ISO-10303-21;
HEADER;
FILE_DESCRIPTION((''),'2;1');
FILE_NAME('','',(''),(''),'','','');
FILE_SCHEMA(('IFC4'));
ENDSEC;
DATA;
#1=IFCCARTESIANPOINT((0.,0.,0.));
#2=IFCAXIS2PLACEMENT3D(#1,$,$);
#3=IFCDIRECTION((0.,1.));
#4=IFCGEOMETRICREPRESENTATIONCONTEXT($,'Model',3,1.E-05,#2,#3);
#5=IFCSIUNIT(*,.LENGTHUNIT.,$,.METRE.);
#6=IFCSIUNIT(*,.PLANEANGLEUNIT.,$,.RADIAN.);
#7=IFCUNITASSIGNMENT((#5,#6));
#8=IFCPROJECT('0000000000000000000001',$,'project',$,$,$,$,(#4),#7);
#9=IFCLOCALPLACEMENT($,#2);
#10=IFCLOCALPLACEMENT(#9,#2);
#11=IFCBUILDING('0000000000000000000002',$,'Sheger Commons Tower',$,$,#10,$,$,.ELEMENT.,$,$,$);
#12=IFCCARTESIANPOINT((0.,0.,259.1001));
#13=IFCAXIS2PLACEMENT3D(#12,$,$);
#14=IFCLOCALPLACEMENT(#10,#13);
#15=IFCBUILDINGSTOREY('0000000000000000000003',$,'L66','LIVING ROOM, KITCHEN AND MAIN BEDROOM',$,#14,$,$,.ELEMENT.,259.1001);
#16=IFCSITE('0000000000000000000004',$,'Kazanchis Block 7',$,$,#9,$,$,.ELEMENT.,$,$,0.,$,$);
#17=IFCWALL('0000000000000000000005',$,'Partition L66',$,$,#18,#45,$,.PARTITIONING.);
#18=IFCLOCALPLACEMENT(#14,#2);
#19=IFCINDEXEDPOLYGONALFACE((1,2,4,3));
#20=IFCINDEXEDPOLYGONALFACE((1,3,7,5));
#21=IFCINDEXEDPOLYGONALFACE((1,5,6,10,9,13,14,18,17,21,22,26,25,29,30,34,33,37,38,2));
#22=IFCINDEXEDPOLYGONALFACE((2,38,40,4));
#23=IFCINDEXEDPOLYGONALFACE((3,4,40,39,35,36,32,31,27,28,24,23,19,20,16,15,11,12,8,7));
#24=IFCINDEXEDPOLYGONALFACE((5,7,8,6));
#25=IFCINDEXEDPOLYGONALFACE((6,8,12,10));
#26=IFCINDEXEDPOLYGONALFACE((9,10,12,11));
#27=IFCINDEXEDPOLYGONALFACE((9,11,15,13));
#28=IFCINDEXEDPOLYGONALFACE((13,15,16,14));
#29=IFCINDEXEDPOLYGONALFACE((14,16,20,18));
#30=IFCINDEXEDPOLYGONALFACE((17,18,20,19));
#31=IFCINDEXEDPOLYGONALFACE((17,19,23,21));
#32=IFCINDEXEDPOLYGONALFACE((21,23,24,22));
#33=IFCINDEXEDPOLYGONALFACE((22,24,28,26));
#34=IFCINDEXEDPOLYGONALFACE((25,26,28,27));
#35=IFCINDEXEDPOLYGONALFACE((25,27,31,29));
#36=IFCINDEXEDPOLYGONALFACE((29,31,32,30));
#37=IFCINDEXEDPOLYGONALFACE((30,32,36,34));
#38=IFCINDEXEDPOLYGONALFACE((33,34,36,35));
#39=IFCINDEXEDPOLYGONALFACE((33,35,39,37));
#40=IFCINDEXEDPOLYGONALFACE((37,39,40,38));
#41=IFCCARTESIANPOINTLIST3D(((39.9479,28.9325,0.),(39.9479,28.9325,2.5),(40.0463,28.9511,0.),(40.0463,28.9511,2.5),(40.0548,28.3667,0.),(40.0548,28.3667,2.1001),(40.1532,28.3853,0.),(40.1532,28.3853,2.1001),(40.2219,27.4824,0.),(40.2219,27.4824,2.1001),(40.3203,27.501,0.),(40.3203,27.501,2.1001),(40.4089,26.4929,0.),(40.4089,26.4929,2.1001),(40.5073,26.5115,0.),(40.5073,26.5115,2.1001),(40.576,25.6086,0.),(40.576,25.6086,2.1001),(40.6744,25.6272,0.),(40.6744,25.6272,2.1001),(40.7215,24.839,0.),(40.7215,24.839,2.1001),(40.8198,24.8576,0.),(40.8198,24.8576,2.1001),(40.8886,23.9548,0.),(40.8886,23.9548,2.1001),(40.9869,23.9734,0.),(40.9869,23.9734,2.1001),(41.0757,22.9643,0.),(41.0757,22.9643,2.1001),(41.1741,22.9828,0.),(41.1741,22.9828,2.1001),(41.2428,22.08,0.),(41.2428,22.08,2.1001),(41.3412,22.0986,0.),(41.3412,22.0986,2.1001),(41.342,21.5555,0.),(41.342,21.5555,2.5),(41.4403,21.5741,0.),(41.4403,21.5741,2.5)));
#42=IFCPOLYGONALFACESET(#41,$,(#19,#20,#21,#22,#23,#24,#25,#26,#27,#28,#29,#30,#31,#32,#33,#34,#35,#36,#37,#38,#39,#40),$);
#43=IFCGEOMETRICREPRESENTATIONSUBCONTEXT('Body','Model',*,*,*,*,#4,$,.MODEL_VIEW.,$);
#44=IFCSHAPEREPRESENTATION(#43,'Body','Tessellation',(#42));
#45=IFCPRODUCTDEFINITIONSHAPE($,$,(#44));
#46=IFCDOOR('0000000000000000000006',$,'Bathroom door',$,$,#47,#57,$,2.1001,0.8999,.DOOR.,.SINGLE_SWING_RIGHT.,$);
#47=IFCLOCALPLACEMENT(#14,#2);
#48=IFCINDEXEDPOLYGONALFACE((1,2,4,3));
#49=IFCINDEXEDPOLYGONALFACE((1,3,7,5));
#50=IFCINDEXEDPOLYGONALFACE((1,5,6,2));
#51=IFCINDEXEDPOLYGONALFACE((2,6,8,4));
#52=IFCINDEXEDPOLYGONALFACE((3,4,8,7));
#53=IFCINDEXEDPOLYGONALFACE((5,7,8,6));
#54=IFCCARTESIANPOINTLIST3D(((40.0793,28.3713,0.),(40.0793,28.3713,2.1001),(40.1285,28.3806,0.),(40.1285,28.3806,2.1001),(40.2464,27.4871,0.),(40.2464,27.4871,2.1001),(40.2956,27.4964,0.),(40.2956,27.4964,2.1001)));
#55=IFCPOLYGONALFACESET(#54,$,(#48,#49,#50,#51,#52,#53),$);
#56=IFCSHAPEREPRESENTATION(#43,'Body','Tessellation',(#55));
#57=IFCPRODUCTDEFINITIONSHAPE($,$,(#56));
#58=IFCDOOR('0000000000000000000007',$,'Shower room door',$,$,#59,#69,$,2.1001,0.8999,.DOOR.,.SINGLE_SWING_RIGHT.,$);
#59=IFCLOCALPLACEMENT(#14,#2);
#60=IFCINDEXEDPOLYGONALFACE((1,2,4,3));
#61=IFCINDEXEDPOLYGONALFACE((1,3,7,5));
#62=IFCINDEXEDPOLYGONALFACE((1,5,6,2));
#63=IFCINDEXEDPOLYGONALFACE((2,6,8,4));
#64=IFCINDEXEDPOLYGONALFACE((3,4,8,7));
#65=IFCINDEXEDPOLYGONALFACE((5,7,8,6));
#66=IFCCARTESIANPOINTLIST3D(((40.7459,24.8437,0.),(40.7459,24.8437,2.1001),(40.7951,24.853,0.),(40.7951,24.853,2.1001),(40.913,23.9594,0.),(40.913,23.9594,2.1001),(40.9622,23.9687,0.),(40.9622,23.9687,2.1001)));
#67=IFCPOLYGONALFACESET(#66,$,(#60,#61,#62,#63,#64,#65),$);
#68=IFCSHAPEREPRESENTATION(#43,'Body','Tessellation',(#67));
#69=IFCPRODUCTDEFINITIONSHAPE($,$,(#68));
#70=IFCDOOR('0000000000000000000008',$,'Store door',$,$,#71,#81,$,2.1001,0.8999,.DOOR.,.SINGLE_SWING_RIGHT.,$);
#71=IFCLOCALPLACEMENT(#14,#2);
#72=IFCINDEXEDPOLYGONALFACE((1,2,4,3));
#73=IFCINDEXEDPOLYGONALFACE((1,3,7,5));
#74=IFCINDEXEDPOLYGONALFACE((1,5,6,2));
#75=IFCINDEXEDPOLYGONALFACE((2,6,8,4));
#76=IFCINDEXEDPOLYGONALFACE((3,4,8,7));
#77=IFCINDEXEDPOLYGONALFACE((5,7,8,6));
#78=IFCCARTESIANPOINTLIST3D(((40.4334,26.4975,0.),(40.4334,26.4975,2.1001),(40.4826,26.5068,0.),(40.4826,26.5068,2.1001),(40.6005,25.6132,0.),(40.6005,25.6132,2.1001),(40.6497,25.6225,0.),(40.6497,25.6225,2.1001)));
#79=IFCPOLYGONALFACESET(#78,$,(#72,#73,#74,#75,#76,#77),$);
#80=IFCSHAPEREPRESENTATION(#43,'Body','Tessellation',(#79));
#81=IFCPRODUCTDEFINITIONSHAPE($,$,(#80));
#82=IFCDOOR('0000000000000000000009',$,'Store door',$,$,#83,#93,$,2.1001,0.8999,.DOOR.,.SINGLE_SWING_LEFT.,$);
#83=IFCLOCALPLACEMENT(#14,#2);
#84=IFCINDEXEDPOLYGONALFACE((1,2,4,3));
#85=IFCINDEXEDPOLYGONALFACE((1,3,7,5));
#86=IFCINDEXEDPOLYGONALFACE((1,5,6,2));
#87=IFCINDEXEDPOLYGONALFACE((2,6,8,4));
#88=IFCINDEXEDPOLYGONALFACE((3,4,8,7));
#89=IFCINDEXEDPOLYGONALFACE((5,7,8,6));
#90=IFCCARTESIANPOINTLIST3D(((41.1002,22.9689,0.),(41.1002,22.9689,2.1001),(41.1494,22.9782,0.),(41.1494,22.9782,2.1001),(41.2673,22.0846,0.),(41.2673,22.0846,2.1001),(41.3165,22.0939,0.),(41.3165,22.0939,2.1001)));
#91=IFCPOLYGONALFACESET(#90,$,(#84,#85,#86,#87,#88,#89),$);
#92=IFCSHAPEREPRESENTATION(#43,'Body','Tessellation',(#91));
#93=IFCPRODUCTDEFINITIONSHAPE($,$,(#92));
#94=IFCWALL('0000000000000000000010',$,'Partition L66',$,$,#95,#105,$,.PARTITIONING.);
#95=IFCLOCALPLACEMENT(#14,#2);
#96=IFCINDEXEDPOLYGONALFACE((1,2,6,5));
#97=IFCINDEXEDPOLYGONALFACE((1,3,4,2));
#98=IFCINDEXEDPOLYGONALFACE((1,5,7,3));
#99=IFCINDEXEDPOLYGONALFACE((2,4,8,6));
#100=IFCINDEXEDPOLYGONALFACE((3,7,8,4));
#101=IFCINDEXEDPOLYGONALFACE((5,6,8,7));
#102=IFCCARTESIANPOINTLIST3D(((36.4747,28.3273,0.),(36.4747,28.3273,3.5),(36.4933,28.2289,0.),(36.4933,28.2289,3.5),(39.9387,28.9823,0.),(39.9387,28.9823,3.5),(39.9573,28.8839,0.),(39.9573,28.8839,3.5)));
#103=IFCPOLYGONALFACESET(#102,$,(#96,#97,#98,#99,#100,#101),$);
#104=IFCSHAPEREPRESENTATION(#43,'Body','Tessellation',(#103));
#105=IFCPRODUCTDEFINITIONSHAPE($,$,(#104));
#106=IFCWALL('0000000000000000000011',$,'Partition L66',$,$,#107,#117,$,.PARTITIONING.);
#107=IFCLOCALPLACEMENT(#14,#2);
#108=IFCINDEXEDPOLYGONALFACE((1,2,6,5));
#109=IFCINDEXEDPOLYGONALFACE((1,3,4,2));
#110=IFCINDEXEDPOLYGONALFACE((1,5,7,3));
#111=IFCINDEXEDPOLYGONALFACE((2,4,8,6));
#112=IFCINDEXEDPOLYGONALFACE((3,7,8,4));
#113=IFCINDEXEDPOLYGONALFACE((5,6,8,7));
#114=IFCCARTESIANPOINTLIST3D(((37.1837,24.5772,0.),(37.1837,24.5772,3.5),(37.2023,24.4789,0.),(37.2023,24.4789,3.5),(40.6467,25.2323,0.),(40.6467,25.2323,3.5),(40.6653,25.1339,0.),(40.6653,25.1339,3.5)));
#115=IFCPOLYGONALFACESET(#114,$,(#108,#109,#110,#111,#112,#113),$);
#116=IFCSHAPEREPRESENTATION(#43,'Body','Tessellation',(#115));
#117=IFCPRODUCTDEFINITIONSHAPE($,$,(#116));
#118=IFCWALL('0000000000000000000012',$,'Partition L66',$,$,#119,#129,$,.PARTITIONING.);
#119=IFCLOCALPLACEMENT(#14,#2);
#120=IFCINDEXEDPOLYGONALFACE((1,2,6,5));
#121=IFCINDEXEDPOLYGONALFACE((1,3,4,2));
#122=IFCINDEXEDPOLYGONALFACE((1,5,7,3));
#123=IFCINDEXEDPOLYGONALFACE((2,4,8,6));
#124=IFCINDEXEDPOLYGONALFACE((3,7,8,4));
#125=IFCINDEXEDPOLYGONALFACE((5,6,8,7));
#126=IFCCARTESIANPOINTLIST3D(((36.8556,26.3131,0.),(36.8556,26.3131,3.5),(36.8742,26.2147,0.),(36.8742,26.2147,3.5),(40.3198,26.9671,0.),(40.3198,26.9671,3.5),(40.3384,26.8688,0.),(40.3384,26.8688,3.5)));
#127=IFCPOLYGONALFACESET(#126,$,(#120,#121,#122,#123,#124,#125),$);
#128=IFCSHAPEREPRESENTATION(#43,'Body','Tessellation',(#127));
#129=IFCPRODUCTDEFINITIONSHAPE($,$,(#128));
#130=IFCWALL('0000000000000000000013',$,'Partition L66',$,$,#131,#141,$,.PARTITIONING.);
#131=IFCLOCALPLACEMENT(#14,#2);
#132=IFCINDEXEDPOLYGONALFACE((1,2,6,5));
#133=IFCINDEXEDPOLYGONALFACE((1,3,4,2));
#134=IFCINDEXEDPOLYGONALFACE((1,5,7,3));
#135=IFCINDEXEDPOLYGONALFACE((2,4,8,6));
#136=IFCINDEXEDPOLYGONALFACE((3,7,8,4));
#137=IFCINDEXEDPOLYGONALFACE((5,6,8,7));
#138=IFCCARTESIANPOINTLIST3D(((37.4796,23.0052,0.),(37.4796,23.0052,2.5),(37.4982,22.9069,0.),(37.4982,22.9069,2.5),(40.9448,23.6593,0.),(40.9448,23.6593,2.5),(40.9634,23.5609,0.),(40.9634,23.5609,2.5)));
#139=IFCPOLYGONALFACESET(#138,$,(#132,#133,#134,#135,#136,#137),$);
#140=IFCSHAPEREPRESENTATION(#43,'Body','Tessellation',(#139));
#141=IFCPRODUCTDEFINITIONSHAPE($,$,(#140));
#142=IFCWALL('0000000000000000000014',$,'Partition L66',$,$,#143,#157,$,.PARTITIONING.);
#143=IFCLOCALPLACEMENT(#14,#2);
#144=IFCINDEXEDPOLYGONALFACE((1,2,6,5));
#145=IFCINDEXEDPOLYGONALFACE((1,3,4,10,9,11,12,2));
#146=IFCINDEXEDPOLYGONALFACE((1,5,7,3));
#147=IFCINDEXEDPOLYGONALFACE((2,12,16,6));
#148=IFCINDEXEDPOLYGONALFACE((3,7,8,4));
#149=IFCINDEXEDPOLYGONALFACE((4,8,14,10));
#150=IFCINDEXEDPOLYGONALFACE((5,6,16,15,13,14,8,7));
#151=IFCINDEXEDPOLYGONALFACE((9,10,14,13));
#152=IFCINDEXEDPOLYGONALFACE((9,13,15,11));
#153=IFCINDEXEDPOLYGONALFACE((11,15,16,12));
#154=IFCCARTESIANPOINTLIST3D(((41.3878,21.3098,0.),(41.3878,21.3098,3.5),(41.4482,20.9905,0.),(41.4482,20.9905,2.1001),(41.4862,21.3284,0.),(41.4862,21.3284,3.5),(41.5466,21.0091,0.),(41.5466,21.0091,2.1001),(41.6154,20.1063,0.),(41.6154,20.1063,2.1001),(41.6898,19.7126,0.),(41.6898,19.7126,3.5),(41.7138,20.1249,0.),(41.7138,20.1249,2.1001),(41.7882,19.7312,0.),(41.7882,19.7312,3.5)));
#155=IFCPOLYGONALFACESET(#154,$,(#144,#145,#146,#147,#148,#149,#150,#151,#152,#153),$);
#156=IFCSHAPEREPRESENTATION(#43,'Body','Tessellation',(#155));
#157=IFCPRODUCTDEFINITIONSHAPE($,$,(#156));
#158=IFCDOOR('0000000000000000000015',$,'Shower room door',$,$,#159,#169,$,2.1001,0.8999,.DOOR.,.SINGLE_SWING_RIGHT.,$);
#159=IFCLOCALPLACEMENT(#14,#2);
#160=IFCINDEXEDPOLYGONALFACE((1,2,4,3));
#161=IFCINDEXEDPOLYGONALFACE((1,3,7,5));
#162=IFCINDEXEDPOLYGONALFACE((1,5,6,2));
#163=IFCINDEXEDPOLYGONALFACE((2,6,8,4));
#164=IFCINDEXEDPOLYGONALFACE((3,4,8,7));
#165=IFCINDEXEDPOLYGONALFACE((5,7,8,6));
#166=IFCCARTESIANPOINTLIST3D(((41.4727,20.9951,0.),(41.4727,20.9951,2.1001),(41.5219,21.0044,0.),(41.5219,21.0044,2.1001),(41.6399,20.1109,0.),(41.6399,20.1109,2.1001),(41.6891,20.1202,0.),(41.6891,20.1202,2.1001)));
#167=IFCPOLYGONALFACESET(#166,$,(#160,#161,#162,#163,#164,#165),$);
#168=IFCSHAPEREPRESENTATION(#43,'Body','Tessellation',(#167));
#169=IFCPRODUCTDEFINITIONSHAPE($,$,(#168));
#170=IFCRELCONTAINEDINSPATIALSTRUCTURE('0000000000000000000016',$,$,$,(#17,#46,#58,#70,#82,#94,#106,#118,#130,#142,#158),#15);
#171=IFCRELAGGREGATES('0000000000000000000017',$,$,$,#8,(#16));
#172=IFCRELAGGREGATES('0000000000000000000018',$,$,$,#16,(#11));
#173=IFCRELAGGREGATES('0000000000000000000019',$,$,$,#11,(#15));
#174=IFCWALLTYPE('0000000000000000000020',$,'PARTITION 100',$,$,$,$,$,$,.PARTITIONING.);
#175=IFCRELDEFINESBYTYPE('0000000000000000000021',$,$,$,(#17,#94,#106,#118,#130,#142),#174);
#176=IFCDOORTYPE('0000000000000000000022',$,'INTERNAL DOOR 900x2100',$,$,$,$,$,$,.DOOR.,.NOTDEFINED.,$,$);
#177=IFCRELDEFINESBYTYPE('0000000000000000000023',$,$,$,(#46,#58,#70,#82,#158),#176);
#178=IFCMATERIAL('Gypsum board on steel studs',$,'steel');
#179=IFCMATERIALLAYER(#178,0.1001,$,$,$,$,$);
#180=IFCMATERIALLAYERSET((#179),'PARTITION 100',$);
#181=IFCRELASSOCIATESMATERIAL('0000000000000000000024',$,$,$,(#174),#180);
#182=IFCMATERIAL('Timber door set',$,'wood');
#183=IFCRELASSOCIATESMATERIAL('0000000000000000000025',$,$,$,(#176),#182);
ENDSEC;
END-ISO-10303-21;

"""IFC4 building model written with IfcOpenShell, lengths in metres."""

from ifc_helpers import new_model, si_unit, direction, frame, frame_2d, origin, place, context, subcontext, project, spatial, rectangle, extrude, material, layer, layer_set, type_object, element, fill, save


model = new_model("IFC4")

# Units and contexts
model_context = context("Model", 3, precision=1e-05, world=origin(), true_north=direction((0.0, 1.0)))
body_context = subcontext(model_context, "Body", "Model", "MODEL_VIEW")
ifc_project = project(units=[si_unit("LENGTHUNIT", "METRE"), si_unit("PLANEANGLEUNIT", "RADIAN")], contexts=[model_context])

# Site, building, storey
site_placement = place(None, origin())
site = spatial("IfcSite", under=ifc_project, at=site_placement, Name="Kazanchis Block 7", CompositionType="ELEMENT", RefElevation=0.0)
building_placement = place(site_placement, origin())
building = spatial("IfcBuilding", under=site, at=building_placement, Name="Sheger Commons Tower", CompositionType="ELEMENT")
storey_placement = place(building_placement, frame((0.0, 0.0, 259.1001)))
storey = spatial("IfcBuildingStorey", under=building, at=storey_placement, Name="L66", Description="LIVING ROOM, KITCHEN AND MAIN BEDROOM", CompositionType="ELEMENT", Elevation=259.1001)

# Wall, openings, doors
ifc_material_1 = material(Name="Gypsum board on steel studs", Category="steel")
ifc_layer_1 = layer(ifc_material_1, 0.1001)
ifc_layer_set_1 = layer_set([ifc_layer_1], Name="PARTITION 100")
wall_type_1 = type_object("IfcWallType", Name="PARTITION 100", PredefinedType="PARTITIONING", material=ifc_layer_set_1)
ifc_material_2 = material(Name="Timber door set", Category="wood")
door_type_1 = type_object("IfcDoorType", Name="INTERNAL DOOR 900x2100", OperationType="NOTDEFINED", PredefinedType="DOOR", material=ifc_material_2)
wall_1_placement = place(storey_placement, frame((39.9971, 28.9419, 0.0), z_axis=(0.0, 0.0, 1.0), x_axis=(0.185686, -0.982609, 0.0)))
wall_1 = element("IfcWall", 1, at=wall_1_placement, inside=storey, type_object=wall_type_1, Name="Partition L66", PredefinedType="PARTITIONING", context=body_context, shape_type="SweptSolid", body=[
    extrude(rectangle(XDim=7.5076, YDim=0.1001, at=frame_2d((3.7539, 0.0))), origin(), (0.0, 0.0, 1.0), 2.5),
])
opening_1_placement = place(wall_1_placement, frame((0.5759, 0.0, 0.0)))
opening_1 = element("IfcOpeningElement", 2, at=opening_1_placement, cuts=wall_1, PredefinedType="OPENING", context=body_context, shape_type="SweptSolid", body=[
    extrude(rectangle(XDim=0.8999, YDim=2.1001, at=frame_2d((0.45, 1.05))), frame((0.0, 0.0601, 0.0), z_axis=(0.0, -1.0, 0.0), x_axis=(1.0, 0.0, 0.0)), (0.0, 0.0, 1.0), 0.1201),
])
opening_2_placement = place(wall_1_placement, frame((4.166, 0.0, 0.0)))
opening_2 = element("IfcOpeningElement", 3, at=opening_2_placement, cuts=wall_1, PredefinedType="OPENING", context=body_context, shape_type="SweptSolid", body=[
    extrude(rectangle(XDim=0.8999, YDim=2.1001, at=frame_2d((0.45, 1.05))), frame((0.0, 0.0601, 0.0), z_axis=(0.0, -1.0, 0.0), x_axis=(1.0, 0.0, 0.0)), (0.0, 0.0, 1.0), 0.1201),
])
opening_3_placement = place(wall_1_placement, frame((2.4829, 0.0, 0.0)))
opening_3 = element("IfcOpeningElement", 4, at=opening_3_placement, cuts=wall_1, PredefinedType="OPENING", context=body_context, shape_type="SweptSolid", body=[
    extrude(rectangle(XDim=0.8999, YDim=2.1001, at=frame_2d((0.45, 1.05))), frame((0.0, 0.0601, 0.0), z_axis=(0.0, -1.0, 0.0), x_axis=(1.0, 0.0, 0.0)), (0.0, 0.0, 1.0), 0.1201),
])
opening_4_placement = place(wall_1_placement, frame((6.074, 0.0, 0.0)))
opening_4 = element("IfcOpeningElement", 5, at=opening_4_placement, cuts=wall_1, PredefinedType="OPENING", context=body_context, shape_type="SweptSolid", body=[
    extrude(rectangle(XDim=0.8999, YDim=2.1001, at=frame_2d((0.45, 1.05))), frame((0.0, 0.0601, 0.0), z_axis=(0.0, -1.0, 0.0), x_axis=(1.0, 0.0, 0.0)), (0.0, 0.0, 1.0), 0.1201),
])
door_1_placement = place(opening_1_placement, origin())
door_1 = element("IfcDoor", 6, at=door_1_placement, inside=storey, type_object=door_type_1, Name="Bathroom door", OperationType="SINGLE_SWING_RIGHT", OverallHeight=2.1001, OverallWidth=0.8999, PredefinedType="DOOR", context=body_context, shape_type="SweptSolid", body=[
    extrude(rectangle(XDim=0.8999, YDim=2.1001, at=frame_2d((0.45, 1.05))), frame((0.0, 0.0249, 0.0), z_axis=(0.0, -1.0, 0.0), x_axis=(1.0, 0.0, 0.0)), (0.0, 0.0, 1.0), 0.05),
])
fill(opening_1, door_1)
door_2_placement = place(opening_2_placement, origin())
door_2 = element("IfcDoor", 7, at=door_2_placement, inside=storey, type_object=door_type_1, Name="Shower room door", OperationType="SINGLE_SWING_RIGHT", OverallHeight=2.1001, OverallWidth=0.8999, PredefinedType="DOOR", context=body_context, shape_type="SweptSolid", body=[
    extrude(rectangle(XDim=0.8999, YDim=2.1001, at=frame_2d((0.45, 1.05))), frame((0.0, 0.0249, 0.0), z_axis=(0.0, -1.0, 0.0), x_axis=(1.0, 0.0, 0.0)), (0.0, 0.0, 1.0), 0.05),
])
fill(opening_2, door_2)
door_3_placement = place(opening_3_placement, origin())
door_3 = element("IfcDoor", 8, at=door_3_placement, inside=storey, type_object=door_type_1, Name="Store door", OperationType="SINGLE_SWING_RIGHT", OverallHeight=2.1001, OverallWidth=0.8999, PredefinedType="DOOR", context=body_context, shape_type="SweptSolid", body=[
    extrude(rectangle(XDim=0.8999, YDim=2.1001, at=frame_2d((0.45, 1.05))), frame((0.0, 0.0249, 0.0), z_axis=(0.0, -1.0, 0.0), x_axis=(1.0, 0.0, 0.0)), (0.0, 0.0, 1.0), 0.05),
])
fill(opening_3, door_3)
door_4_placement = place(opening_4_placement, origin())
door_4 = element("IfcDoor", 9, at=door_4_placement, inside=storey, type_object=door_type_1, Name="Store door", OperationType="SINGLE_SWING_LEFT", OverallHeight=2.1001, OverallWidth=0.8999, PredefinedType="DOOR", context=body_context, shape_type="SweptSolid", body=[
    extrude(rectangle(XDim=0.8999, YDim=2.1001, at=frame_2d((0.45, 1.05))), frame((0.0, 0.0249, 0.0), z_axis=(0.0, -1.0, 0.0), x_axis=(1.0, 0.0, 0.0)), (0.0, 0.0, 1.0), 0.05),
])
fill(opening_4, door_4)

# Walls
wall_2_placement = place(storey_placement, frame((39.948, 28.9331, 0.0), z_axis=(0.0, 0.0, 1.0), x_axis=(-0.982588, -0.185798, 0.0)))
element("IfcWall", 10, at=wall_2_placement, inside=storey, type_object=wall_type_1, Name="Partition L66", PredefinedType="PARTITIONING", context=body_context, shape_type="SweptSolid", body=[
    extrude(rectangle(XDim=3.5254, YDim=0.1001, at=frame_2d((1.7627, 0.0))), origin(), (0.0, 0.0, 1.0), 3.5),
])
wall_3_placement = place(storey_placement, frame((40.656, 25.1831, 0.0), z_axis=(0.0, 0.0, 1.0), x_axis=(-0.982576, -0.185861, 0.0)))
element("IfcWall", 11, at=wall_3_placement, inside=storey, type_object=wall_type_1, Name="Partition L66", PredefinedType="PARTITIONING", context=body_context, shape_type="SweptSolid", body=[
    extrude(rectangle(XDim=3.5244, YDim=0.1001, at=frame_2d((1.7622, 0.0))), origin(), (0.0, 0.0, 1.0), 3.5),
])
wall_4_placement = place(storey_placement, frame((40.3291, 26.918, 0.0), z_axis=(0.0, 0.0, 1.0), x_axis=(-0.982639, -0.18553, 0.0)))
element("IfcWall", 12, at=wall_4_placement, inside=storey, type_object=wall_type_1, Name="Partition L66", PredefinedType="PARTITIONING", context=body_context, shape_type="SweptSolid", body=[
    extrude(rectangle(XDim=3.5254, YDim=0.1001, at=frame_2d((1.7627, 0.0))), origin(), (0.0, 0.0, 1.0), 3.5),
])
wall_5_placement = place(storey_placement, frame((40.9541, 23.6101, 0.0), z_axis=(0.0, 0.0, 1.0), x_axis=(-0.982648, -0.18548, 0.0)))
element("IfcWall", 13, at=wall_5_placement, inside=storey, type_object=wall_type_1, Name="Partition L66", PredefinedType="PARTITIONING", context=body_context, shape_type="SweptSolid", body=[
    extrude(rectangle(XDim=3.5264, YDim=0.1001, at=frame_2d((1.7632, 0.0))), origin(), (0.0, 0.0, 1.0), 2.5),
])

# Wall, opening, door
wall_6_placement = place(storey_placement, frame((41.437, 21.3191, 0.0), z_axis=(0.0, 0.0, 1.0), x_axis=(0.185794, -0.982589, 0.0)))
wall_6 = element("IfcWall", 14, at=wall_6_placement, inside=storey, type_object=wall_type_1, Name="Partition L66", PredefinedType="PARTITIONING", context=body_context, shape_type="SweptSolid", body=[
    extrude(rectangle(XDim=1.6255, YDim=0.1001, at=frame_2d((0.8127, 0.0))), origin(), (0.0, 0.0, 1.0), 3.5),
])
opening_5_placement = place(wall_6_placement, frame((0.325, 0.0, 0.0)))
opening_5 = element("IfcOpeningElement", 15, at=opening_5_placement, cuts=wall_6, PredefinedType="OPENING", context=body_context, shape_type="SweptSolid", body=[
    extrude(rectangle(XDim=0.8999, YDim=2.1001, at=frame_2d((0.45, 1.05))), frame((0.0, 0.0601, 0.0), z_axis=(0.0, -1.0, 0.0), x_axis=(1.0, 0.0, 0.0)), (0.0, 0.0, 1.0), 0.1201),
])
door_5_placement = place(opening_5_placement, origin())
door_5 = element("IfcDoor", 16, at=door_5_placement, inside=storey, type_object=door_type_1, Name="Shower room door", OperationType="SINGLE_SWING_RIGHT", OverallHeight=2.1001, OverallWidth=0.8999, PredefinedType="DOOR", context=body_context, shape_type="SweptSolid", body=[
    extrude(rectangle(XDim=0.8999, YDim=2.1001, at=frame_2d((0.45, 1.05))), frame((0.0, 0.0249, 0.0), z_axis=(0.0, -1.0, 0.0), x_axis=(1.0, 0.0, 0.0)), (0.0, 0.0, 1.0), 0.05),
])
fill(opening_5, door_5)

save(model, "model.ifc")
